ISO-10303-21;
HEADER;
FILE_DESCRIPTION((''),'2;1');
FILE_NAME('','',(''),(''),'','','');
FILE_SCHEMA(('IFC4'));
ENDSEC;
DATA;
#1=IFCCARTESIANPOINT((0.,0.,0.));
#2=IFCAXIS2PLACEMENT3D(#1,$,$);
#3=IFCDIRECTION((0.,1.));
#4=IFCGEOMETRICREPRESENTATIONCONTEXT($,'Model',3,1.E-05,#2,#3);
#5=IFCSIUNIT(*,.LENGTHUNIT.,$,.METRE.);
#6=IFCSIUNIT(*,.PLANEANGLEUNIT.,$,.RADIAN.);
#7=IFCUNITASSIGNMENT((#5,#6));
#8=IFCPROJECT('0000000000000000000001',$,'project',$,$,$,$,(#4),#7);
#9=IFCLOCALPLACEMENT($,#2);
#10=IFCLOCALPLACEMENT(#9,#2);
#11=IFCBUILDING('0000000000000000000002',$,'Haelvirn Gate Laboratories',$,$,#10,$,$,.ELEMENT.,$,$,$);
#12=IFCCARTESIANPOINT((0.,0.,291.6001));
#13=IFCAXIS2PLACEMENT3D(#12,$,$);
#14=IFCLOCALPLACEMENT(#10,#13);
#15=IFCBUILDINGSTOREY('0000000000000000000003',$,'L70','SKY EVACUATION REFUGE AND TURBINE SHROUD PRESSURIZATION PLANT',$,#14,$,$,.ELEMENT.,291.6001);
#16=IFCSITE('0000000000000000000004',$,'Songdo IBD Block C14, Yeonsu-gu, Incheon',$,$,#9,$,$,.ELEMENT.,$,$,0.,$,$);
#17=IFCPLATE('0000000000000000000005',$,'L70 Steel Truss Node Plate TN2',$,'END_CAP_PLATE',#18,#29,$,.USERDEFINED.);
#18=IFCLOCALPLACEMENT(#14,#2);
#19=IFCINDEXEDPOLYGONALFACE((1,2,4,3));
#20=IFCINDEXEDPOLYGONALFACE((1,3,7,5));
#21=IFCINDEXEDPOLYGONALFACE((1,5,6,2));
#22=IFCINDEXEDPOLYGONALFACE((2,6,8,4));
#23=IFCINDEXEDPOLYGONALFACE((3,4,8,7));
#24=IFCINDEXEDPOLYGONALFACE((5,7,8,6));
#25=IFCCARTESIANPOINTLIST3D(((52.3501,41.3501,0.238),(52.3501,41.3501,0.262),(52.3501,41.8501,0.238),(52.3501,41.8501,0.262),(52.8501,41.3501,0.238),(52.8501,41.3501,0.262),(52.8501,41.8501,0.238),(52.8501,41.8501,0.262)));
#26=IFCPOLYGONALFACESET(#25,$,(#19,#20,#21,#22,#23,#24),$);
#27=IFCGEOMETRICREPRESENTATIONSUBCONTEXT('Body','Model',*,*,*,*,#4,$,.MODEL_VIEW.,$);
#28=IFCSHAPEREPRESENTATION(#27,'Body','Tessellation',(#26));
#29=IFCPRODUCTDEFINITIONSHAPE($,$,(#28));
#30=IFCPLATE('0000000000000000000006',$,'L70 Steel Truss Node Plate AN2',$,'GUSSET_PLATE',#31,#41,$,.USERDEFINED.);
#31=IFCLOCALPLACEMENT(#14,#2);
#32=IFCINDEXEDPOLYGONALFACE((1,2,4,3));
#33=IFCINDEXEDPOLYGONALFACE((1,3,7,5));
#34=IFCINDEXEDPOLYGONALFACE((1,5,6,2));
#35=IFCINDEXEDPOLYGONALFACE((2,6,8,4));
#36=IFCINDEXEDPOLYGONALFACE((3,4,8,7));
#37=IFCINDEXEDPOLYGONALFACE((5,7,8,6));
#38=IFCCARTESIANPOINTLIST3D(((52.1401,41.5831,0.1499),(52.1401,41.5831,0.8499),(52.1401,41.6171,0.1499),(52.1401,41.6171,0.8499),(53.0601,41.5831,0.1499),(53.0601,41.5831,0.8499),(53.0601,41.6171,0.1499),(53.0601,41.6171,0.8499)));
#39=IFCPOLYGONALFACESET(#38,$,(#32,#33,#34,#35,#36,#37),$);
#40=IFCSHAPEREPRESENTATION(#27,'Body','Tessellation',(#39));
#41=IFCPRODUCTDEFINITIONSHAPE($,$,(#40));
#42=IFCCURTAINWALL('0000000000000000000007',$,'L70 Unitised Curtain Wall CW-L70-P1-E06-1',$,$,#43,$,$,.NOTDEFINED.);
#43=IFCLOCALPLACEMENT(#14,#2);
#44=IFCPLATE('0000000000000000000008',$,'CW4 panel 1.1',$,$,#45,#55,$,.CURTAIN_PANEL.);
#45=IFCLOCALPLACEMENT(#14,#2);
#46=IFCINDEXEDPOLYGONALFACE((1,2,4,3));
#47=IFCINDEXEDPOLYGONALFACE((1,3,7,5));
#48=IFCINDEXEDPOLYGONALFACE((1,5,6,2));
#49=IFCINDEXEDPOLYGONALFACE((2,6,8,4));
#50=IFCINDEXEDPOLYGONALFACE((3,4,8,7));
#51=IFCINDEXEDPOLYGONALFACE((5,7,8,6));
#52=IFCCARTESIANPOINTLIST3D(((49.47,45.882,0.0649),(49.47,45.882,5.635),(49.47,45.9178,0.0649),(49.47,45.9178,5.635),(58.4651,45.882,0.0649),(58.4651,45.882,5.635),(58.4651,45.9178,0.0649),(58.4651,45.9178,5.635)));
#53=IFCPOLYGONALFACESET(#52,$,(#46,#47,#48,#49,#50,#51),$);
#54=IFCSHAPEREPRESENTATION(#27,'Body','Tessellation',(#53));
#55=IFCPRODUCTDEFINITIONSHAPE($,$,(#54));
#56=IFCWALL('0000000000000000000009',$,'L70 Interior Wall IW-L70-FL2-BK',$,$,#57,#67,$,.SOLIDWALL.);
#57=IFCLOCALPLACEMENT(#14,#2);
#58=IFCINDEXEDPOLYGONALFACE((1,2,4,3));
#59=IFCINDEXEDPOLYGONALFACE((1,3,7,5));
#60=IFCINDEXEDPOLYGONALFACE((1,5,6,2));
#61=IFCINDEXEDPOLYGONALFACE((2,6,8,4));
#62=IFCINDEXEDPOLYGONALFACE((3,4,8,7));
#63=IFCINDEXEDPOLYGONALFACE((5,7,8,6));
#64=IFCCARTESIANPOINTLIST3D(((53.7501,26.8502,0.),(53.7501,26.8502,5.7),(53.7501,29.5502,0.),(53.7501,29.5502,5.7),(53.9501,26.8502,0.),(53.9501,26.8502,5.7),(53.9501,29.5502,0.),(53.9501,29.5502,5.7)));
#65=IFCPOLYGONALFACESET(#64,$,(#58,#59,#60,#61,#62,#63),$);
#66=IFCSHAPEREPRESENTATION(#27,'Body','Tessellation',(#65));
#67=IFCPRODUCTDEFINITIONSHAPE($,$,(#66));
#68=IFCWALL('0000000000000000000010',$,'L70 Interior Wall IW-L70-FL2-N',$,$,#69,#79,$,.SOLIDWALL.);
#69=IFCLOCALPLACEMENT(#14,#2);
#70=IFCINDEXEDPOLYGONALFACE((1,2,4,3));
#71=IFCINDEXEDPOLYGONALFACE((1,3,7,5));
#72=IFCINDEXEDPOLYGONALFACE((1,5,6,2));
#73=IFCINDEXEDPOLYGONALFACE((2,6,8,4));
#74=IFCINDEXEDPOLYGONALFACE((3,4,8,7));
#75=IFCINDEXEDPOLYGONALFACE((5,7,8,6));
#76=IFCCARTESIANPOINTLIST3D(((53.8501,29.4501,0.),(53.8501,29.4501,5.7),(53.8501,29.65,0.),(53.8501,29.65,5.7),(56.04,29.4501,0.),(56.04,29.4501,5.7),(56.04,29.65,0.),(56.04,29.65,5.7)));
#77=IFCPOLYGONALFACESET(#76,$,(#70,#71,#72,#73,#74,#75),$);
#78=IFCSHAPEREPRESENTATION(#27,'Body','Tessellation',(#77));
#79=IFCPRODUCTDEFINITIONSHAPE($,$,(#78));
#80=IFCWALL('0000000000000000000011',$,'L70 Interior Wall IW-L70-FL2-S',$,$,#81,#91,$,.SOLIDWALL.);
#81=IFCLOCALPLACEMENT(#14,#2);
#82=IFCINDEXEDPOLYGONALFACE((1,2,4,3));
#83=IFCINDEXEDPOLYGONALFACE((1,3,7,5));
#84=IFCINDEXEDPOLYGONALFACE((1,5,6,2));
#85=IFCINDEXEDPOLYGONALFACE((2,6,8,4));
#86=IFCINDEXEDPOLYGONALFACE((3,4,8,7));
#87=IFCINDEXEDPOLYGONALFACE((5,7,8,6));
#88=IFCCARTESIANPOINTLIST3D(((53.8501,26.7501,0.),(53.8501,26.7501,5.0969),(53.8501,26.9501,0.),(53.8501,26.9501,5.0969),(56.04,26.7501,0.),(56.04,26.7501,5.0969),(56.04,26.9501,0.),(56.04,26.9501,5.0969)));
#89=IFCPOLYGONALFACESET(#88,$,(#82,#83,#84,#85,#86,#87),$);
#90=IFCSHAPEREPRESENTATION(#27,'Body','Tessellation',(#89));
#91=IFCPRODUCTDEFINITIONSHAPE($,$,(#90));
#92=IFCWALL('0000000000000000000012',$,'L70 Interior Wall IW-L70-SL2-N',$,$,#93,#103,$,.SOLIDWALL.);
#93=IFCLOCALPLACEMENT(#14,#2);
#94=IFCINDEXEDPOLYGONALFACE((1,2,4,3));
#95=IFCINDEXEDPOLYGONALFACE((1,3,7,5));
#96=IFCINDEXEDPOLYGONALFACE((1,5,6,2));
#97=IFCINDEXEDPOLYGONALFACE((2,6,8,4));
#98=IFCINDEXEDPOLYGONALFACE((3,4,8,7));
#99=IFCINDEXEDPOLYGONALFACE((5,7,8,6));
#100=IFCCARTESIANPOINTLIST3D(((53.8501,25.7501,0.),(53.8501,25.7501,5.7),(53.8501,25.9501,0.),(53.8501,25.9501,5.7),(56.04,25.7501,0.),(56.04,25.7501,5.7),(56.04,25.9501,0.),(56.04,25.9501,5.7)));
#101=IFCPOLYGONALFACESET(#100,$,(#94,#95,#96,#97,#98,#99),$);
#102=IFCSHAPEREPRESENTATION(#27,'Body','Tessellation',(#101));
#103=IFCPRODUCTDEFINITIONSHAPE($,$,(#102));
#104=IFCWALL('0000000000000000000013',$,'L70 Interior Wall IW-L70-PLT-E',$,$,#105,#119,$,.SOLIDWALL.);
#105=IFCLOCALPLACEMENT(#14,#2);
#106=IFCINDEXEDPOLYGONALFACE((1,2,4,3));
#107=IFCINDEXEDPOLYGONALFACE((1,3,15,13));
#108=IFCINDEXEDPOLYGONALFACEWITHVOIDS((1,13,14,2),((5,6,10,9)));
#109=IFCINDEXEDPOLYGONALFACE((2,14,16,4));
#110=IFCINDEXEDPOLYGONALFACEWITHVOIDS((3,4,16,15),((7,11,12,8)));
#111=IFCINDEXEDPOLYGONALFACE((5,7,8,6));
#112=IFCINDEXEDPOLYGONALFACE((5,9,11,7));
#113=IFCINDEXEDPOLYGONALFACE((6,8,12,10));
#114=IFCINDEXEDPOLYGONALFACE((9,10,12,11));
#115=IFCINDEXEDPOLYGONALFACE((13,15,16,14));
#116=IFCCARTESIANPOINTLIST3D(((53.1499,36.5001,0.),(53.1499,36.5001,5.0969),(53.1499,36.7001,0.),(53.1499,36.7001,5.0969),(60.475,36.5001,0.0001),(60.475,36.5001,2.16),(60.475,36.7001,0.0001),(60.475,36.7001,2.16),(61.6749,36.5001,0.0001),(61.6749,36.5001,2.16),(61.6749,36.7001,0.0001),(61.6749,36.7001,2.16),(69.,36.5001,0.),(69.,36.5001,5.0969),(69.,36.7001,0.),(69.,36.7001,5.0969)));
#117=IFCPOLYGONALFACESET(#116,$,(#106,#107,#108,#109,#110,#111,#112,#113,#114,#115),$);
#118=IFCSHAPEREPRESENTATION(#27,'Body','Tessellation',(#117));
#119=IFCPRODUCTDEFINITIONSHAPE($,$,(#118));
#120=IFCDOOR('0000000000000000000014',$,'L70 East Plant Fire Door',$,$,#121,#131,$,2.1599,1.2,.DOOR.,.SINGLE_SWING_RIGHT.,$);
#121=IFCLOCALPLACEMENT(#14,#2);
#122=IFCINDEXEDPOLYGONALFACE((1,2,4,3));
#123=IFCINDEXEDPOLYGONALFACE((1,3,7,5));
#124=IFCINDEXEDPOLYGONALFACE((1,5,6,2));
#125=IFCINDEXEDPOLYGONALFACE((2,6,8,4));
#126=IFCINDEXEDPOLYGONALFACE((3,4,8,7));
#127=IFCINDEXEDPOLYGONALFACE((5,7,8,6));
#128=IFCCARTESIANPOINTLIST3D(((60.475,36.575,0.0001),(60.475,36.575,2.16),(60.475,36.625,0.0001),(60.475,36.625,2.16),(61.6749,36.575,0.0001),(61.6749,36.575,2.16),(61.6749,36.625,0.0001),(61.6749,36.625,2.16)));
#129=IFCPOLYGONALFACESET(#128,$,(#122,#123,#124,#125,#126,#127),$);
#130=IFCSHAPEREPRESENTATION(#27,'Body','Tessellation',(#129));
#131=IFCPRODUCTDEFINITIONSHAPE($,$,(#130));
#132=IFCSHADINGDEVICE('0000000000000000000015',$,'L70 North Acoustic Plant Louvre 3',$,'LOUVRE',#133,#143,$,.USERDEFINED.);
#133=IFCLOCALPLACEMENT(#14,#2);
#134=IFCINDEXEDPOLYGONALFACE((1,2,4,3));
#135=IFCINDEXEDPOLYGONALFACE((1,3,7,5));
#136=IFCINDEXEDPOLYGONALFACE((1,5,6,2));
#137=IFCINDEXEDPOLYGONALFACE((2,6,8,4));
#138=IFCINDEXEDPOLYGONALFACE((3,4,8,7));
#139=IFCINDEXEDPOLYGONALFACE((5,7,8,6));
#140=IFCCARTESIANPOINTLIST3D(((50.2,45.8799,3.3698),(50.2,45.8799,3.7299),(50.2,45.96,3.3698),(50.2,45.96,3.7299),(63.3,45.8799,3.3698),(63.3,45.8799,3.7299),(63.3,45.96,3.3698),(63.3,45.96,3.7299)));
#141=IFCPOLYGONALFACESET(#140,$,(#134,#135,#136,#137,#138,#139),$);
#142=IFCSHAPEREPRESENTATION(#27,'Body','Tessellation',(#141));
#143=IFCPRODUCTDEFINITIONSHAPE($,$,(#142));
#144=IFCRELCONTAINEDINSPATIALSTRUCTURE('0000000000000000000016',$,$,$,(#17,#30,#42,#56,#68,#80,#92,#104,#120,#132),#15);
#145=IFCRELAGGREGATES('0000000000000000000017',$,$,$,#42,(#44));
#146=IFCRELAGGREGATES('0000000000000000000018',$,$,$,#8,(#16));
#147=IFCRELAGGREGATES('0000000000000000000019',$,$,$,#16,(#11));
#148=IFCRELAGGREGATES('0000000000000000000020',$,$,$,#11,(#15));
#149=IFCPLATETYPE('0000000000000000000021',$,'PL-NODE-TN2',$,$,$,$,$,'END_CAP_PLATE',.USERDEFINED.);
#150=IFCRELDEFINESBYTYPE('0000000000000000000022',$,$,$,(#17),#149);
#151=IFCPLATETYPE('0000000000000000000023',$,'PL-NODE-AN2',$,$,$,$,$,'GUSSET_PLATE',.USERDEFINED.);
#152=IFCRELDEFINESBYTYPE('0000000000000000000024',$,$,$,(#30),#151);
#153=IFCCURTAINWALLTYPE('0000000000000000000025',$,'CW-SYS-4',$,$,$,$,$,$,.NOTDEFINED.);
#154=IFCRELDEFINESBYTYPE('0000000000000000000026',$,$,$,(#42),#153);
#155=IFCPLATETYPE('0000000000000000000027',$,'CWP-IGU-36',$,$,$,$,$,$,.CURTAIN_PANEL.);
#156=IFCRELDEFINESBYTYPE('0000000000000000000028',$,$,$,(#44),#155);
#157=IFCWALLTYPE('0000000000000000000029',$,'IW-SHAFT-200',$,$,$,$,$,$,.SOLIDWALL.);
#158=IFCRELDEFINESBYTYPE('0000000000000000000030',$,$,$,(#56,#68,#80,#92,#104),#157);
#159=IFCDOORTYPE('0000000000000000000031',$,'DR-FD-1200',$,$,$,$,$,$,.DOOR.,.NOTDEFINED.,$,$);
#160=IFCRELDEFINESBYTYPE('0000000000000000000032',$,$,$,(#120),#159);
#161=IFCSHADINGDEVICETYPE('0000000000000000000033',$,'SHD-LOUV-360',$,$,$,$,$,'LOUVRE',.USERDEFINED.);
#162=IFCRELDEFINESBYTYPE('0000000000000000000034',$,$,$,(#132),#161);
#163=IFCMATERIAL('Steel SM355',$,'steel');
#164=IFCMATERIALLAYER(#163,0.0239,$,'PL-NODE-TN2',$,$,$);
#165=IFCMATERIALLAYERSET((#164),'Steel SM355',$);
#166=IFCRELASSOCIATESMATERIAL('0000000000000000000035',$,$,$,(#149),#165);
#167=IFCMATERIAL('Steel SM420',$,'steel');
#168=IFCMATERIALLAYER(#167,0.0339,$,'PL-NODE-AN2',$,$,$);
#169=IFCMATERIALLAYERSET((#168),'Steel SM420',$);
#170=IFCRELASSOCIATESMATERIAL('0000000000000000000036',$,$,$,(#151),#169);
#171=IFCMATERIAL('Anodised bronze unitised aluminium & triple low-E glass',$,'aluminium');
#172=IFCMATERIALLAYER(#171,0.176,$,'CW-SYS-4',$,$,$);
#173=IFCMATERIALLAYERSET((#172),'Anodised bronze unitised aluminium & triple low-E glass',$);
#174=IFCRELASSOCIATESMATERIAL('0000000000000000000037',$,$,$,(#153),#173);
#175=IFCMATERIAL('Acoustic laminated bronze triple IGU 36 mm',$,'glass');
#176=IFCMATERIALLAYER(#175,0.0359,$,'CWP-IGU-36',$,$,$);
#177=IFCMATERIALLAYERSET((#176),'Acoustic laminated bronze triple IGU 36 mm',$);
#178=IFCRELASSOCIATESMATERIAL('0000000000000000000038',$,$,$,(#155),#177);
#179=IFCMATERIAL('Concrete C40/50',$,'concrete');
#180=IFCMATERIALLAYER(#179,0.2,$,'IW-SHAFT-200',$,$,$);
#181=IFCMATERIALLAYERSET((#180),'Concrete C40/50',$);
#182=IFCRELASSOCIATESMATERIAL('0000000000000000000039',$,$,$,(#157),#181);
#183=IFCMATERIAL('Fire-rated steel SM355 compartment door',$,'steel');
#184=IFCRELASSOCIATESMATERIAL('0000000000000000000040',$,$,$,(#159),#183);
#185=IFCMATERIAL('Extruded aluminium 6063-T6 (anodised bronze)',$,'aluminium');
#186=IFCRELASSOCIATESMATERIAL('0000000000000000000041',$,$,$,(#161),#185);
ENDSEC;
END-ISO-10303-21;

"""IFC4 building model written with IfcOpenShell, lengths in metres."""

from ifc_helpers import new_model, si_unit, direction, frame, frame_2d, origin, origin_2d, place, context, subcontext, project, spatial, rectangle, extrude, source, transform, mapped, material, layer, layer_set, material_profile, profile_set, type_object, type_shapes, element, fill, aggregate, save


model = new_model("IFC4")

# Units and contexts
model_context = context("Model", 3, precision=1e-05, world=origin(), true_north=direction((0.0, 1.0)))
body_context = subcontext(model_context, "Body", "Model", "MODEL_VIEW")
ifc_project = project(units=[si_unit("LENGTHUNIT", "METRE"), si_unit("PLANEANGLEUNIT", "RADIAN")], contexts=[model_context])

# Site, building, storey
site_placement = place(None, origin())
site = spatial("IfcSite", under=ifc_project, at=site_placement, Name="Songdo IBD Block C14, Yeonsu-gu, Incheon", CompositionType="ELEMENT", RefElevation=0.0)
building_placement = place(site_placement, origin())
building = spatial("IfcBuilding", under=site, at=building_placement, Name="Haelvirn Gate Laboratories", CompositionType="ELEMENT")
storey_placement = place(building_placement, frame((0.0, 0.0, 291.6001)))
storey = spatial("IfcBuildingStorey", under=building, at=storey_placement, Name="L70", Description="SKY EVACUATION REFUGE AND TURBINE SHROUD PRESSURIZATION PLANT", CompositionType="ELEMENT", Elevation=291.6001)

# Shared definitions
ifc_material_1 = material(Name="Steel SM355", Category="steel")

# Plates
ifc_layer_1 = layer(ifc_material_1, 0.0239, Name="PL-NODE-TN2")
ifc_layer_set_1 = layer_set([ifc_layer_1], Name="Steel SM355")
plate_type_1 = type_object("IfcPlateType", Name="PL-NODE-TN2", ElementType="END_CAP_PLATE", PredefinedType="USERDEFINED", material=ifc_layer_set_1)
shared_shape_1 = source(origin(), body_context, "Body", "SweptSolid", [
    extrude(rectangle(XDim=0.5, YDim=0.5, at=origin_2d()), origin(), (0.0, 0.0, 1.0), 0.0239),
])
type_shapes(plate_type_1, [shared_shape_1])
for number, where, z_axis, x_axis, name in (
    (1, (52.6001, 41.6001, 0.238), (0.0, 0.0, 1.0), (1.0, 0.0, 0.0), "L70 Steel Truss Node Plate TN2"),
):
    element("IfcPlate", number, at=place(storey_placement, frame(where, z_axis=z_axis, x_axis=x_axis)), inside=storey, type_object=plate_type_1, Name=name, ObjectType="END_CAP_PLATE", PredefinedType="USERDEFINED", context=body_context, shape_type="MappedRepresentation", body=[
        mapped(shared_shape_1, transform((0.0, 0.0, 0.0), scale=1.0)),
    ])
ifc_material_2 = material(Name="Steel SM420", Category="steel")
ifc_layer_2 = layer(ifc_material_2, 0.0339, Name="PL-NODE-AN2")
ifc_layer_set_2 = layer_set([ifc_layer_2], Name="Steel SM420")
plate_type_2 = type_object("IfcPlateType", Name="PL-NODE-AN2", ElementType="GUSSET_PLATE", PredefinedType="USERDEFINED", material=ifc_layer_set_2)
shared_shape_2 = source(origin(), body_context, "Body", "SweptSolid", [
    extrude(rectangle(XDim=0.9199, YDim=0.0339, at=origin_2d()), origin(), (0.0, 0.0, 1.0), 0.7),
])
type_shapes(plate_type_2, [shared_shape_2])
plate_1_placement = place(storey_placement, frame((52.6001, 41.6001, 0.1499), z_axis=(0.0, 0.0, 1.0), x_axis=(1.0, 0.0, 0.0)))
element("IfcPlate", 2, at=plate_1_placement, inside=storey, type_object=plate_type_2, Name="L70 Steel Truss Node Plate AN2", ObjectType="GUSSET_PLATE", PredefinedType="USERDEFINED", context=body_context, shape_type="MappedRepresentation", body=[
    mapped(shared_shape_2, transform((0.0, 0.0, 0.0), scale=1.0)),
])

# Curtain wall, plate
ifc_material_3 = material(Name="Anodised bronze unitised aluminium & triple low-E glass", Category="aluminium")
ifc_layer_3 = layer(ifc_material_3, 0.176, Name="CW-SYS-4")
ifc_layer_set_3 = layer_set([ifc_layer_3], Name="Anodised bronze unitised aluminium & triple low-E glass")
curtain_wall_type = type_object("IfcCurtainWallType", Name="CW-SYS-4", PredefinedType="NOTDEFINED", material=ifc_layer_set_3)
curtain_wall_placement = place(storey_placement, origin())
curtain_wall = element("IfcCurtainWall", 3, at=curtain_wall_placement, inside=storey, type_object=curtain_wall_type, Name="L70 Unitised Curtain Wall CW-L70-P1-E06-1", PredefinedType="NOTDEFINED")
ifc_material_4 = material(Name="Acoustic laminated bronze triple IGU 36 mm", Category="glass")
ifc_layer_4 = layer(ifc_material_4, 0.0359, Name="CWP-IGU-36")
ifc_layer_set_4 = layer_set([ifc_layer_4], Name="Acoustic laminated bronze triple IGU 36 mm")
plate_type_3 = type_object("IfcPlateType", Name="CWP-IGU-36", PredefinedType="CURTAIN_PANEL", material=ifc_layer_set_4)
shared_shape_3 = source(origin(), body_context, "Body", "SweptSolid", [
    extrude(rectangle(XDim=8.9951, YDim=0.0359, at=origin_2d()), origin(), (0.0, 0.0, 1.0), 5.5701),
])
type_shapes(plate_type_3, [shared_shape_3])
plate_2_placement = place(storey_placement, frame((53.9675, 45.8999, 0.0649), z_axis=(0.0, 0.0, 1.0), x_axis=(1.0, 0.0, 0.0)))
plate_2 = element("IfcPlate", 4, at=plate_2_placement, type_object=plate_type_3, Name="CW4 panel 1.1", PredefinedType="CURTAIN_PANEL", context=body_context, shape_type="MappedRepresentation", body=[
    mapped(shared_shape_3, transform((0.0, 0.0, 0.0), scale=1.0)),
])
aggregate(curtain_wall, [plate_2])

# Walls
ifc_material_5 = material(Name="Concrete C40/50", Category="concrete")
ifc_layer_5 = layer(ifc_material_5, 0.2, Name="IW-SHAFT-200")
ifc_layer_set_5 = layer_set([ifc_layer_5], Name="Concrete C40/50")
wall_type_1 = type_object("IfcWallType", Name="IW-SHAFT-200", PredefinedType="SOLIDWALL", material=ifc_layer_set_5)
wall_1_placement = place(storey_placement, frame((53.8501, 26.8501, 0.0), z_axis=(0.0, 0.0, 1.0), x_axis=(0.0, 1.0, 0.0)))
element("IfcWall", 5, at=wall_1_placement, inside=storey, type_object=wall_type_1, Name="L70 Interior Wall IW-L70-FL2-BK", PredefinedType="SOLIDWALL", context=body_context, shape_type="SweptSolid", body=[
    extrude(rectangle(XDim=2.7, YDim=0.2, at=frame_2d((1.3501, 0.0))), origin(), (0.0, 0.0, 1.0), 5.7),
])
wall_2_placement = place(storey_placement, frame((53.8501, 29.55, 0.0), z_axis=(0.0, 0.0, 1.0), x_axis=(1.0, 0.0, 0.0)))
element("IfcWall", 6, at=wall_2_placement, inside=storey, type_object=wall_type_1, Name="L70 Interior Wall IW-L70-FL2-N", PredefinedType="SOLIDWALL", context=body_context, shape_type="SweptSolid", body=[
    extrude(rectangle(XDim=2.1899, YDim=0.2, at=frame_2d((1.095, 0.0))), origin(), (0.0, 0.0, 1.0), 5.7),
])
wall_3_placement = place(storey_placement, frame((53.8501, 26.8501, 0.0), z_axis=(0.0, 0.0, 1.0), x_axis=(1.0, 0.0, 0.0)))
element("IfcWall", 7, at=wall_3_placement, inside=storey, type_object=wall_type_1, Name="L70 Interior Wall IW-L70-FL2-S", PredefinedType="SOLIDWALL", context=body_context, shape_type="SweptSolid", body=[
    extrude(rectangle(XDim=2.1899, YDim=0.2, at=frame_2d((1.095, 0.0))), origin(), (0.0, 0.0, 1.0), 5.0969),
])
wall_4_placement = place(storey_placement, frame((53.8501, 25.8501, 0.0), z_axis=(0.0, 0.0, 1.0), x_axis=(1.0, 0.0, 0.0)))
element("IfcWall", 8, at=wall_4_placement, inside=storey, type_object=wall_type_1, Name="L70 Interior Wall IW-L70-SL2-N", PredefinedType="SOLIDWALL", context=body_context, shape_type="SweptSolid", body=[
    extrude(rectangle(XDim=2.1899, YDim=0.2, at=frame_2d((1.095, 0.0))), origin(), (0.0, 0.0, 1.0), 5.7),
])

# Wall, opening, door
wall_5_placement = place(storey_placement, frame((53.1499, 36.6001, 0.0), z_axis=(0.0, 0.0, 1.0), x_axis=(1.0, 0.0, 0.0)))
wall_5 = element("IfcWall", 9, at=wall_5_placement, inside=storey, type_object=wall_type_1, Name="L70 Interior Wall IW-L70-PLT-E", PredefinedType="SOLIDWALL", context=body_context, shape_type="SweptSolid", body=[
    extrude(rectangle(XDim=15.8501, YDim=0.2, at=frame_2d((7.925, 0.0))), origin(), (0.0, 0.0, 1.0), 5.0969),
])
opening_1_placement = place(wall_5_placement, frame((7.325, 0.0, 0.0)))
opening_1 = element("IfcOpeningElement", 10, at=opening_1_placement, cuts=wall_5, PredefinedType="OPENING", context=body_context, shape_type="SweptSolid", body=[
    extrude(rectangle(XDim=1.2, YDim=2.1599, at=frame_2d((0.6001, 1.0801))), frame((0.0, 0.1099, 0.0), z_axis=(0.0, -1.0, 0.0), x_axis=(1.0, 0.0, 0.0)), (0.0, 0.0, 1.0), 0.22),
])
ifc_material_6 = material(Name="Fire-rated steel SM355 compartment door", Category="steel")
door_type_1 = type_object("IfcDoorType", Name="DR-FD-1200", OperationType="NOTDEFINED", PredefinedType="DOOR", material=ifc_material_6)
shared_shape_4 = source(origin(), body_context, "Body", "SweptSolid", [
    extrude(rectangle(XDim=1.2, YDim=2.1599, at=frame_2d((0.6001, 1.0801))), frame((0.0, 0.0249, 0.0), z_axis=(0.0, -1.0, 0.0), x_axis=(1.0, 0.0, 0.0)), (0.0, 0.0, 1.0), 0.05),
])
type_shapes(door_type_1, [shared_shape_4])
door_1_placement = place(opening_1_placement, origin())
door_1 = element("IfcDoor", 11, at=door_1_placement, inside=storey, type_object=door_type_1, Name="L70 East Plant Fire Door", OperationType="SINGLE_SWING_RIGHT", OverallHeight=2.1599, OverallWidth=1.2, PredefinedType="DOOR", context=body_context, shape_type="MappedRepresentation", body=[
    mapped(shared_shape_4, transform((0.0, 0.0, 0.0), scale=1.0)),
])
fill(opening_1, door_1)

# Shading device
ifc_material_7 = material(Name="Extruded aluminium 6063-T6 (anodised bronze)", Category="aluminium")
ifc_material_profile_1 = material_profile(ifc_material_7, rectangle(XDim=0.0801, YDim=0.3601, at=origin_2d()), Name="LOUV-360x80")
ifc_profile_set_1 = profile_set([ifc_material_profile_1], Name="Extruded aluminium 6063-T6 (anodised bronze)")
shading_device_type = type_object("IfcShadingDeviceType", Name="SHD-LOUV-360", ElementType="LOUVRE", PredefinedType="USERDEFINED", material=ifc_profile_set_1)
shared_shape_5 = source(origin(), body_context, "Body", "SweptSolid", [
    extrude(rectangle(XDim=0.0801, YDim=0.3601, at=origin_2d()), origin(), (0.0, 0.0, 1.0), 13.1001),
])
type_shapes(shading_device_type, [shared_shape_5])
shading_device_placement = place(storey_placement, frame((50.2, 45.9199, 3.5498), z_axis=(1.0, 0.0, 0.0), x_axis=(0.0, 1.0, 0.0)))
element("IfcShadingDevice", 12, at=shading_device_placement, inside=storey, type_object=shading_device_type, Name="L70 North Acoustic Plant Louvre 3", ObjectType="LOUVRE", PredefinedType="USERDEFINED", context=body_context, shape_type="MappedRepresentation", body=[
    mapped(shared_shape_5, transform((0.0, 0.0, 0.0), scale=1.0)),
])

save(model, "model.ifc")
